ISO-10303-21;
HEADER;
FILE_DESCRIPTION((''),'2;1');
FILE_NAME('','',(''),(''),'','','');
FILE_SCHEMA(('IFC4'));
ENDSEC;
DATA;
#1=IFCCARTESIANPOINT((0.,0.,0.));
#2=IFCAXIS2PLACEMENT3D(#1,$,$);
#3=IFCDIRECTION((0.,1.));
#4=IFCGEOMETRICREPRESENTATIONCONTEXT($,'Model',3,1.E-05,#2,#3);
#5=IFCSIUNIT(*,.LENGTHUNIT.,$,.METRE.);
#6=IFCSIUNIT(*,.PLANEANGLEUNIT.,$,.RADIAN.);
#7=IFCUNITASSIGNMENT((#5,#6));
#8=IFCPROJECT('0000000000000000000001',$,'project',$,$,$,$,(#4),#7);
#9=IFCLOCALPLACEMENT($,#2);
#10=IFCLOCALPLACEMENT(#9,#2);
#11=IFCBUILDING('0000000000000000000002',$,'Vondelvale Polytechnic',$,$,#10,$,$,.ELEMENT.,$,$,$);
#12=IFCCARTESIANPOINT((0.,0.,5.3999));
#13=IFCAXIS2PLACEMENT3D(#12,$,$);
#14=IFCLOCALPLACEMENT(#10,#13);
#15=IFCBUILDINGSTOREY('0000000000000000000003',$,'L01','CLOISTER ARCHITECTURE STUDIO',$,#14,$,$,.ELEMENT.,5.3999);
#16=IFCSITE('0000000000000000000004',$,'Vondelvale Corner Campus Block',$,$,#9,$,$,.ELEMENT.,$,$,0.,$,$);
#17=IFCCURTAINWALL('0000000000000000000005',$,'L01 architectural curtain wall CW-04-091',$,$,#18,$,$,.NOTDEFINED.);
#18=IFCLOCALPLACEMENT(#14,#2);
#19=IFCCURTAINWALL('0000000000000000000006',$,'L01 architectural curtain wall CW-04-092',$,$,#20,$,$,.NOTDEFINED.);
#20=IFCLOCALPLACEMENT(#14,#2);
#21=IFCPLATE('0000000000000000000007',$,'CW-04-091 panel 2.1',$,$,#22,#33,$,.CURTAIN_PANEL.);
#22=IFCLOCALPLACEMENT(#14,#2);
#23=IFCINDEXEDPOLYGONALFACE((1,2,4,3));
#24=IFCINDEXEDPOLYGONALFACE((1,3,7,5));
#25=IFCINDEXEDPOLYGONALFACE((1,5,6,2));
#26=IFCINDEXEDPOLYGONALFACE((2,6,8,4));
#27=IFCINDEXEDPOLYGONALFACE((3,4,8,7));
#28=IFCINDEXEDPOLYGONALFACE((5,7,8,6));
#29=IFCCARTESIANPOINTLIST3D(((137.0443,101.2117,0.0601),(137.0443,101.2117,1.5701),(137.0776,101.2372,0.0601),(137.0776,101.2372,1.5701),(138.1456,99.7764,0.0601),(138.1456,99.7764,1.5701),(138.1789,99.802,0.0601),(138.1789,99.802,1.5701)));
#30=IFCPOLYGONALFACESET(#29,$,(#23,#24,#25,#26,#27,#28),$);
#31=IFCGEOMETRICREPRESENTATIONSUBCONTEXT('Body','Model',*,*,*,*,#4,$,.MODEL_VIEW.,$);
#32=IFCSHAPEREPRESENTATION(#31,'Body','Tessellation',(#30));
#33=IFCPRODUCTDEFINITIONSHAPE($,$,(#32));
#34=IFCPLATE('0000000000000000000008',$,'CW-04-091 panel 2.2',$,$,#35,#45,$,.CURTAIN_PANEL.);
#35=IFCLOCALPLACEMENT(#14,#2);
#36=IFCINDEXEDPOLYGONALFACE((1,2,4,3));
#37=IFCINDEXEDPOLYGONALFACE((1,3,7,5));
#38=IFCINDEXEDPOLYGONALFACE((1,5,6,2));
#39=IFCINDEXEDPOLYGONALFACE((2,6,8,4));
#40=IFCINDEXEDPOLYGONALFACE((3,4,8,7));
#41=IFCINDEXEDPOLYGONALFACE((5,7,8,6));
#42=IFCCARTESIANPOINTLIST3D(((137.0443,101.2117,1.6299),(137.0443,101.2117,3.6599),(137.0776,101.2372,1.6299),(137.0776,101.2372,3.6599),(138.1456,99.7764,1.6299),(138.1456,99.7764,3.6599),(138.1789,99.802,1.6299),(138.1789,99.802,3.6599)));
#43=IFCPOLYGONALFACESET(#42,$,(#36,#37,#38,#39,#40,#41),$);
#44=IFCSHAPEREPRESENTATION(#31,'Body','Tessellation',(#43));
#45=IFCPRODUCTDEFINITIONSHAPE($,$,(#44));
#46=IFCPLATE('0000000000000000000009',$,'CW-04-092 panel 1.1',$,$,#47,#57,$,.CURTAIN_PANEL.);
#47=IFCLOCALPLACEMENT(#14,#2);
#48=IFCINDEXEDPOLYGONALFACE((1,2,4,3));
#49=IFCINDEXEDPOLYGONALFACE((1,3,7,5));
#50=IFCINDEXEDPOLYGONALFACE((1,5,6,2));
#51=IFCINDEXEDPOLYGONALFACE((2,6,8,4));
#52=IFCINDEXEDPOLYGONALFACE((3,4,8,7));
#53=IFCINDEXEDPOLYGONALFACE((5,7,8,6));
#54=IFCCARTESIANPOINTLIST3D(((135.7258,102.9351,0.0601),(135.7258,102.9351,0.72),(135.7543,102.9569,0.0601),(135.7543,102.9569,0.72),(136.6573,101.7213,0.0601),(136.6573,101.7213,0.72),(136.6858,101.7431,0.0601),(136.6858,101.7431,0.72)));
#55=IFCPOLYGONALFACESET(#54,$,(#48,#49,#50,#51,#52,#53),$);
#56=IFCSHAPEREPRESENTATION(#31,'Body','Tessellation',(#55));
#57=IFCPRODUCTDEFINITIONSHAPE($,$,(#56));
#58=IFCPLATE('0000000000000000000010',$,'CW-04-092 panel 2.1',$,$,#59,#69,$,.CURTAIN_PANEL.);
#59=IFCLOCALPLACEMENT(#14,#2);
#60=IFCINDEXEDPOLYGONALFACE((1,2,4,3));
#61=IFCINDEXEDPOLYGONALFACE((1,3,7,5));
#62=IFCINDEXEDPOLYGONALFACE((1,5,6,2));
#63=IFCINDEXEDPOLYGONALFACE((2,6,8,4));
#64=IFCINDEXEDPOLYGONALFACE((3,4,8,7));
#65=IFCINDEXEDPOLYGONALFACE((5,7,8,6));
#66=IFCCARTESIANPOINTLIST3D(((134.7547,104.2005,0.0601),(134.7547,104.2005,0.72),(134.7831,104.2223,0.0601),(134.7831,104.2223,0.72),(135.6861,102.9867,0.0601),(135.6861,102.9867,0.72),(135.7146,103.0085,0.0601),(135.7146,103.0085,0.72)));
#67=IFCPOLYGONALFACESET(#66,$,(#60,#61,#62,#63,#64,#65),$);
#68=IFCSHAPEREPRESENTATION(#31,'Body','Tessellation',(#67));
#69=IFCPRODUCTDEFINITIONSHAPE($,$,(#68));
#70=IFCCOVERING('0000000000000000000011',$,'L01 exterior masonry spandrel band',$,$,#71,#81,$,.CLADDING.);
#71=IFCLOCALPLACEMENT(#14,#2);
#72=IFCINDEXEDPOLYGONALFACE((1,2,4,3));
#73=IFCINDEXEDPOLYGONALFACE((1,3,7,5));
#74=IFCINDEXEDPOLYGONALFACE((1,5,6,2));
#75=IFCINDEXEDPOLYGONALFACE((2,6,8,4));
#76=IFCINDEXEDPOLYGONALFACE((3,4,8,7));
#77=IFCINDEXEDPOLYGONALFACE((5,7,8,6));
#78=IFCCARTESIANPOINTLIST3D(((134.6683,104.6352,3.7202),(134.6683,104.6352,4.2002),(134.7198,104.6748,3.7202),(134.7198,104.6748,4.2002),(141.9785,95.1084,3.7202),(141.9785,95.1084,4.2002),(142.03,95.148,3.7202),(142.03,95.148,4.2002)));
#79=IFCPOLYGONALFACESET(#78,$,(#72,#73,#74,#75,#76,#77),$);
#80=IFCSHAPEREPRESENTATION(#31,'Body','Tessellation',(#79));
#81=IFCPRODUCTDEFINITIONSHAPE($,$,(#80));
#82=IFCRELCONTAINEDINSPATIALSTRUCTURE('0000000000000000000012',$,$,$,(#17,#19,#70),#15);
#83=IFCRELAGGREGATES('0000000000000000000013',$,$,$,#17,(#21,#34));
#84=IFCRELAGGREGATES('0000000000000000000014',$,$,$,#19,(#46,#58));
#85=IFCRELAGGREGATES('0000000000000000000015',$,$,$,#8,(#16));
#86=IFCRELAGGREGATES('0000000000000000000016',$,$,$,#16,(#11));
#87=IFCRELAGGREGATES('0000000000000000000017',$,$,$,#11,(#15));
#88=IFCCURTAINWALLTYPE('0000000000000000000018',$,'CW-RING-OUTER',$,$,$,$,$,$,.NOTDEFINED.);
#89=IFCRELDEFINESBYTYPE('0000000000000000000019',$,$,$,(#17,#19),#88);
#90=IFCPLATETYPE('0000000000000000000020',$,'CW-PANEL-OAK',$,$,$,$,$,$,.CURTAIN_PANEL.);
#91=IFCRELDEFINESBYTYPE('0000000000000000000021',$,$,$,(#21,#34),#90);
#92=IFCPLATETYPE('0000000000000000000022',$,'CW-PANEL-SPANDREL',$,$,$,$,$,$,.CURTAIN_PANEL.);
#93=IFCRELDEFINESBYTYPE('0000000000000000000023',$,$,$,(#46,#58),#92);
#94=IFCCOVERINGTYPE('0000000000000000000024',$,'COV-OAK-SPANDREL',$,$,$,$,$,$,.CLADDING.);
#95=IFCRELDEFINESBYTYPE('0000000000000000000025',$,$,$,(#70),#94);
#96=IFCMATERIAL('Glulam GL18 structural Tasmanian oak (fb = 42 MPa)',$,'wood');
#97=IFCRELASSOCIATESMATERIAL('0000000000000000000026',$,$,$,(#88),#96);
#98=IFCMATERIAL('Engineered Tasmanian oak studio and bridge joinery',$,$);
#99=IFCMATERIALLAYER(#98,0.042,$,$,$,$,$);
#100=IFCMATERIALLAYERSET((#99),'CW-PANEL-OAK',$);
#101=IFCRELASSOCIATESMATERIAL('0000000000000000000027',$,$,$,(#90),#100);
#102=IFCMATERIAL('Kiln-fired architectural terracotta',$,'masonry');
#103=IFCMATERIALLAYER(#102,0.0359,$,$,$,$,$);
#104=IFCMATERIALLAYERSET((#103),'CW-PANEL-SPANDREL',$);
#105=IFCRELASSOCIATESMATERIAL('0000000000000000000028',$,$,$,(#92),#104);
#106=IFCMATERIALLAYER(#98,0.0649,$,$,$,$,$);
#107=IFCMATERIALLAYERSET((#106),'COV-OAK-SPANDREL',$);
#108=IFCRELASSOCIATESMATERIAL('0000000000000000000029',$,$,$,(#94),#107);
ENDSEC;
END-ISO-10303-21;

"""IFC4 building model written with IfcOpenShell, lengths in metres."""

from ifc_helpers import new_model, si_unit, direction, frame, origin, origin_2d, place, context, subcontext, project, spatial, rectangle, extrude, material, layer, layer_set, type_object, element, aggregate, save


model = new_model("IFC4")

# Units and contexts
model_context = context("Model", 3, precision=1e-05, world=origin(), true_north=direction((0.0, 1.0)))
body_context = subcontext(model_context, "Body", "Model", "MODEL_VIEW")
ifc_project = project(units=[si_unit("LENGTHUNIT", "METRE"), si_unit("PLANEANGLEUNIT", "RADIAN")], contexts=[model_context])

# Site, building, storey
site_placement = place(None, origin())
site = spatial("IfcSite", under=ifc_project, at=site_placement, Name="Vondelvale Corner Campus Block", CompositionType="ELEMENT", RefElevation=0.0)
building_placement = place(site_placement, origin())
building = spatial("IfcBuilding", under=site, at=building_placement, Name="Vondelvale Polytechnic", CompositionType="ELEMENT")
storey_placement = place(building_placement, frame((0.0, 0.0, 5.3999)))
storey = spatial("IfcBuildingStorey", under=building, at=storey_placement, Name="L01", Description="CLOISTER ARCHITECTURE STUDIO", CompositionType="ELEMENT", Elevation=5.3999)

# Shared definitions
ifc_material_1 = material(Name="Glulam GL18 structural Tasmanian oak (fb = 42 MPa)", Category="wood")

# Curtain wall
curtain_wall_type = type_object("IfcCurtainWallType", Name="CW-RING-OUTER", PredefinedType="NOTDEFINED", material=ifc_material_1)
curtain_wall_1_placement = place(storey_placement, origin())
curtain_wall_1 = element("IfcCurtainWall", 1, at=curtain_wall_1_placement, inside=storey, type_object=curtain_wall_type, Name="L01 architectural curtain wall CW-04-091", PredefinedType="NOTDEFINED")

# Curtain wall
curtain_wall_2_placement = place(storey_placement, origin())
curtain_wall_2 = element("IfcCurtainWall", 2, at=curtain_wall_2_placement, inside=storey, type_object=curtain_wall_type, Name="L01 architectural curtain wall CW-04-092", PredefinedType="NOTDEFINED")

# Plates
ifc_material_2 = material(Name="Engineered Tasmanian oak studio and bridge joinery")
ifc_layer_1 = layer(ifc_material_2, 0.042)
ifc_layer_set_1 = layer_set([ifc_layer_1], Name="CW-PANEL-OAK")
plate_type_1 = type_object("IfcPlateType", Name="CW-PANEL-OAK", PredefinedType="CURTAIN_PANEL", material=ifc_layer_set_1)
plate_1_placement = place(storey_placement, frame((137.6116, 100.5068, 0.0601), z_axis=(0.0, 0.0, 1.0), x_axis=(-0.608771, 0.793346, 0.0)))
plate_1 = element("IfcPlate", 3, at=plate_1_placement, type_object=plate_type_1, Name="CW-04-091 panel 2.1", PredefinedType="CURTAIN_PANEL", context=body_context, shape_type="SweptSolid", body=[
    extrude(rectangle(XDim=1.8091, YDim=0.042, at=origin_2d()), origin(), (0.0, 0.0, 1.0), 1.51),
])
plate_2_placement = place(storey_placement, frame((137.6116, 100.5068, 1.6299), z_axis=(0.0, 0.0, 1.0), x_axis=(-0.608771, 0.793346, 0.0)))
plate_2 = element("IfcPlate", 4, at=plate_2_placement, type_object=plate_type_1, Name="CW-04-091 panel 2.2", PredefinedType="CURTAIN_PANEL", context=body_context, shape_type="SweptSolid", body=[
    extrude(rectangle(XDim=1.8091, YDim=0.042, at=origin_2d()), origin(), (0.0, 0.0, 1.0), 2.03),
])
aggregate(curtain_wall_1, [plate_1, plate_2])
ifc_material_3 = material(Name="Kiln-fired architectural terracotta", Category="masonry")
ifc_layer_2 = layer(ifc_material_3, 0.0359)
ifc_layer_set_2 = layer_set([ifc_layer_2], Name="CW-PANEL-SPANDREL")
plate_type_2 = type_object("IfcPlateType", Name="CW-PANEL-SPANDREL", PredefinedType="CURTAIN_PANEL", material=ifc_layer_set_2)
plate_3_placement = place(storey_placement, frame((136.2058, 102.3391, 0.0601), z_axis=(0.0, 0.0, 1.0), x_axis=(-0.608787, 0.793334, 0.0)))
plate_3 = element("IfcPlate", 5, at=plate_3_placement, type_object=plate_type_2, Name="CW-04-092 panel 1.1", PredefinedType="CURTAIN_PANEL", context=body_context, shape_type="SweptSolid", body=[
    extrude(rectangle(XDim=1.53, YDim=0.0359, at=origin_2d()), origin(), (0.0, 0.0, 1.0), 0.6599),
])
plate_4_placement = place(storey_placement, frame((135.2346, 103.6045, 0.0601), z_axis=(0.0, 0.0, 1.0), x_axis=(-0.608787, 0.793334, 0.0)))
plate_4 = element("IfcPlate", 6, at=plate_4_placement, type_object=plate_type_2, Name="CW-04-092 panel 2.1", PredefinedType="CURTAIN_PANEL", context=body_context, shape_type="SweptSolid", body=[
    extrude(rectangle(XDim=1.53, YDim=0.0359, at=origin_2d()), origin(), (0.0, 0.0, 1.0), 0.6599),
])
aggregate(curtain_wall_2, [plate_3, plate_4])

# Covering
ifc_layer_3 = layer(ifc_material_2, 0.0649)
ifc_layer_set_3 = layer_set([ifc_layer_3], Name="COV-OAK-SPANDREL")
covering_type = type_object("IfcCoveringType", Name="COV-OAK-SPANDREL", PredefinedType="CLADDING", material=ifc_layer_set_3)
covering_placement = place(storey_placement, frame((138.3491, 99.8916, 3.7202), z_axis=(0.0, 0.0, 1.0), x_axis=(-0.608761, 0.793353, 0.0)))
element("IfcCovering", 7, at=covering_placement, inside=storey, type_object=covering_type, Name="L01 exterior masonry spandrel band", PredefinedType="CLADDING", context=body_context, shape_type="SweptSolid", body=[
    extrude(rectangle(XDim=12.0083, YDim=0.0649, at=origin_2d()), origin(), (0.0, 0.0, 1.0), 0.48),
])

save(model, "model.ifc")
